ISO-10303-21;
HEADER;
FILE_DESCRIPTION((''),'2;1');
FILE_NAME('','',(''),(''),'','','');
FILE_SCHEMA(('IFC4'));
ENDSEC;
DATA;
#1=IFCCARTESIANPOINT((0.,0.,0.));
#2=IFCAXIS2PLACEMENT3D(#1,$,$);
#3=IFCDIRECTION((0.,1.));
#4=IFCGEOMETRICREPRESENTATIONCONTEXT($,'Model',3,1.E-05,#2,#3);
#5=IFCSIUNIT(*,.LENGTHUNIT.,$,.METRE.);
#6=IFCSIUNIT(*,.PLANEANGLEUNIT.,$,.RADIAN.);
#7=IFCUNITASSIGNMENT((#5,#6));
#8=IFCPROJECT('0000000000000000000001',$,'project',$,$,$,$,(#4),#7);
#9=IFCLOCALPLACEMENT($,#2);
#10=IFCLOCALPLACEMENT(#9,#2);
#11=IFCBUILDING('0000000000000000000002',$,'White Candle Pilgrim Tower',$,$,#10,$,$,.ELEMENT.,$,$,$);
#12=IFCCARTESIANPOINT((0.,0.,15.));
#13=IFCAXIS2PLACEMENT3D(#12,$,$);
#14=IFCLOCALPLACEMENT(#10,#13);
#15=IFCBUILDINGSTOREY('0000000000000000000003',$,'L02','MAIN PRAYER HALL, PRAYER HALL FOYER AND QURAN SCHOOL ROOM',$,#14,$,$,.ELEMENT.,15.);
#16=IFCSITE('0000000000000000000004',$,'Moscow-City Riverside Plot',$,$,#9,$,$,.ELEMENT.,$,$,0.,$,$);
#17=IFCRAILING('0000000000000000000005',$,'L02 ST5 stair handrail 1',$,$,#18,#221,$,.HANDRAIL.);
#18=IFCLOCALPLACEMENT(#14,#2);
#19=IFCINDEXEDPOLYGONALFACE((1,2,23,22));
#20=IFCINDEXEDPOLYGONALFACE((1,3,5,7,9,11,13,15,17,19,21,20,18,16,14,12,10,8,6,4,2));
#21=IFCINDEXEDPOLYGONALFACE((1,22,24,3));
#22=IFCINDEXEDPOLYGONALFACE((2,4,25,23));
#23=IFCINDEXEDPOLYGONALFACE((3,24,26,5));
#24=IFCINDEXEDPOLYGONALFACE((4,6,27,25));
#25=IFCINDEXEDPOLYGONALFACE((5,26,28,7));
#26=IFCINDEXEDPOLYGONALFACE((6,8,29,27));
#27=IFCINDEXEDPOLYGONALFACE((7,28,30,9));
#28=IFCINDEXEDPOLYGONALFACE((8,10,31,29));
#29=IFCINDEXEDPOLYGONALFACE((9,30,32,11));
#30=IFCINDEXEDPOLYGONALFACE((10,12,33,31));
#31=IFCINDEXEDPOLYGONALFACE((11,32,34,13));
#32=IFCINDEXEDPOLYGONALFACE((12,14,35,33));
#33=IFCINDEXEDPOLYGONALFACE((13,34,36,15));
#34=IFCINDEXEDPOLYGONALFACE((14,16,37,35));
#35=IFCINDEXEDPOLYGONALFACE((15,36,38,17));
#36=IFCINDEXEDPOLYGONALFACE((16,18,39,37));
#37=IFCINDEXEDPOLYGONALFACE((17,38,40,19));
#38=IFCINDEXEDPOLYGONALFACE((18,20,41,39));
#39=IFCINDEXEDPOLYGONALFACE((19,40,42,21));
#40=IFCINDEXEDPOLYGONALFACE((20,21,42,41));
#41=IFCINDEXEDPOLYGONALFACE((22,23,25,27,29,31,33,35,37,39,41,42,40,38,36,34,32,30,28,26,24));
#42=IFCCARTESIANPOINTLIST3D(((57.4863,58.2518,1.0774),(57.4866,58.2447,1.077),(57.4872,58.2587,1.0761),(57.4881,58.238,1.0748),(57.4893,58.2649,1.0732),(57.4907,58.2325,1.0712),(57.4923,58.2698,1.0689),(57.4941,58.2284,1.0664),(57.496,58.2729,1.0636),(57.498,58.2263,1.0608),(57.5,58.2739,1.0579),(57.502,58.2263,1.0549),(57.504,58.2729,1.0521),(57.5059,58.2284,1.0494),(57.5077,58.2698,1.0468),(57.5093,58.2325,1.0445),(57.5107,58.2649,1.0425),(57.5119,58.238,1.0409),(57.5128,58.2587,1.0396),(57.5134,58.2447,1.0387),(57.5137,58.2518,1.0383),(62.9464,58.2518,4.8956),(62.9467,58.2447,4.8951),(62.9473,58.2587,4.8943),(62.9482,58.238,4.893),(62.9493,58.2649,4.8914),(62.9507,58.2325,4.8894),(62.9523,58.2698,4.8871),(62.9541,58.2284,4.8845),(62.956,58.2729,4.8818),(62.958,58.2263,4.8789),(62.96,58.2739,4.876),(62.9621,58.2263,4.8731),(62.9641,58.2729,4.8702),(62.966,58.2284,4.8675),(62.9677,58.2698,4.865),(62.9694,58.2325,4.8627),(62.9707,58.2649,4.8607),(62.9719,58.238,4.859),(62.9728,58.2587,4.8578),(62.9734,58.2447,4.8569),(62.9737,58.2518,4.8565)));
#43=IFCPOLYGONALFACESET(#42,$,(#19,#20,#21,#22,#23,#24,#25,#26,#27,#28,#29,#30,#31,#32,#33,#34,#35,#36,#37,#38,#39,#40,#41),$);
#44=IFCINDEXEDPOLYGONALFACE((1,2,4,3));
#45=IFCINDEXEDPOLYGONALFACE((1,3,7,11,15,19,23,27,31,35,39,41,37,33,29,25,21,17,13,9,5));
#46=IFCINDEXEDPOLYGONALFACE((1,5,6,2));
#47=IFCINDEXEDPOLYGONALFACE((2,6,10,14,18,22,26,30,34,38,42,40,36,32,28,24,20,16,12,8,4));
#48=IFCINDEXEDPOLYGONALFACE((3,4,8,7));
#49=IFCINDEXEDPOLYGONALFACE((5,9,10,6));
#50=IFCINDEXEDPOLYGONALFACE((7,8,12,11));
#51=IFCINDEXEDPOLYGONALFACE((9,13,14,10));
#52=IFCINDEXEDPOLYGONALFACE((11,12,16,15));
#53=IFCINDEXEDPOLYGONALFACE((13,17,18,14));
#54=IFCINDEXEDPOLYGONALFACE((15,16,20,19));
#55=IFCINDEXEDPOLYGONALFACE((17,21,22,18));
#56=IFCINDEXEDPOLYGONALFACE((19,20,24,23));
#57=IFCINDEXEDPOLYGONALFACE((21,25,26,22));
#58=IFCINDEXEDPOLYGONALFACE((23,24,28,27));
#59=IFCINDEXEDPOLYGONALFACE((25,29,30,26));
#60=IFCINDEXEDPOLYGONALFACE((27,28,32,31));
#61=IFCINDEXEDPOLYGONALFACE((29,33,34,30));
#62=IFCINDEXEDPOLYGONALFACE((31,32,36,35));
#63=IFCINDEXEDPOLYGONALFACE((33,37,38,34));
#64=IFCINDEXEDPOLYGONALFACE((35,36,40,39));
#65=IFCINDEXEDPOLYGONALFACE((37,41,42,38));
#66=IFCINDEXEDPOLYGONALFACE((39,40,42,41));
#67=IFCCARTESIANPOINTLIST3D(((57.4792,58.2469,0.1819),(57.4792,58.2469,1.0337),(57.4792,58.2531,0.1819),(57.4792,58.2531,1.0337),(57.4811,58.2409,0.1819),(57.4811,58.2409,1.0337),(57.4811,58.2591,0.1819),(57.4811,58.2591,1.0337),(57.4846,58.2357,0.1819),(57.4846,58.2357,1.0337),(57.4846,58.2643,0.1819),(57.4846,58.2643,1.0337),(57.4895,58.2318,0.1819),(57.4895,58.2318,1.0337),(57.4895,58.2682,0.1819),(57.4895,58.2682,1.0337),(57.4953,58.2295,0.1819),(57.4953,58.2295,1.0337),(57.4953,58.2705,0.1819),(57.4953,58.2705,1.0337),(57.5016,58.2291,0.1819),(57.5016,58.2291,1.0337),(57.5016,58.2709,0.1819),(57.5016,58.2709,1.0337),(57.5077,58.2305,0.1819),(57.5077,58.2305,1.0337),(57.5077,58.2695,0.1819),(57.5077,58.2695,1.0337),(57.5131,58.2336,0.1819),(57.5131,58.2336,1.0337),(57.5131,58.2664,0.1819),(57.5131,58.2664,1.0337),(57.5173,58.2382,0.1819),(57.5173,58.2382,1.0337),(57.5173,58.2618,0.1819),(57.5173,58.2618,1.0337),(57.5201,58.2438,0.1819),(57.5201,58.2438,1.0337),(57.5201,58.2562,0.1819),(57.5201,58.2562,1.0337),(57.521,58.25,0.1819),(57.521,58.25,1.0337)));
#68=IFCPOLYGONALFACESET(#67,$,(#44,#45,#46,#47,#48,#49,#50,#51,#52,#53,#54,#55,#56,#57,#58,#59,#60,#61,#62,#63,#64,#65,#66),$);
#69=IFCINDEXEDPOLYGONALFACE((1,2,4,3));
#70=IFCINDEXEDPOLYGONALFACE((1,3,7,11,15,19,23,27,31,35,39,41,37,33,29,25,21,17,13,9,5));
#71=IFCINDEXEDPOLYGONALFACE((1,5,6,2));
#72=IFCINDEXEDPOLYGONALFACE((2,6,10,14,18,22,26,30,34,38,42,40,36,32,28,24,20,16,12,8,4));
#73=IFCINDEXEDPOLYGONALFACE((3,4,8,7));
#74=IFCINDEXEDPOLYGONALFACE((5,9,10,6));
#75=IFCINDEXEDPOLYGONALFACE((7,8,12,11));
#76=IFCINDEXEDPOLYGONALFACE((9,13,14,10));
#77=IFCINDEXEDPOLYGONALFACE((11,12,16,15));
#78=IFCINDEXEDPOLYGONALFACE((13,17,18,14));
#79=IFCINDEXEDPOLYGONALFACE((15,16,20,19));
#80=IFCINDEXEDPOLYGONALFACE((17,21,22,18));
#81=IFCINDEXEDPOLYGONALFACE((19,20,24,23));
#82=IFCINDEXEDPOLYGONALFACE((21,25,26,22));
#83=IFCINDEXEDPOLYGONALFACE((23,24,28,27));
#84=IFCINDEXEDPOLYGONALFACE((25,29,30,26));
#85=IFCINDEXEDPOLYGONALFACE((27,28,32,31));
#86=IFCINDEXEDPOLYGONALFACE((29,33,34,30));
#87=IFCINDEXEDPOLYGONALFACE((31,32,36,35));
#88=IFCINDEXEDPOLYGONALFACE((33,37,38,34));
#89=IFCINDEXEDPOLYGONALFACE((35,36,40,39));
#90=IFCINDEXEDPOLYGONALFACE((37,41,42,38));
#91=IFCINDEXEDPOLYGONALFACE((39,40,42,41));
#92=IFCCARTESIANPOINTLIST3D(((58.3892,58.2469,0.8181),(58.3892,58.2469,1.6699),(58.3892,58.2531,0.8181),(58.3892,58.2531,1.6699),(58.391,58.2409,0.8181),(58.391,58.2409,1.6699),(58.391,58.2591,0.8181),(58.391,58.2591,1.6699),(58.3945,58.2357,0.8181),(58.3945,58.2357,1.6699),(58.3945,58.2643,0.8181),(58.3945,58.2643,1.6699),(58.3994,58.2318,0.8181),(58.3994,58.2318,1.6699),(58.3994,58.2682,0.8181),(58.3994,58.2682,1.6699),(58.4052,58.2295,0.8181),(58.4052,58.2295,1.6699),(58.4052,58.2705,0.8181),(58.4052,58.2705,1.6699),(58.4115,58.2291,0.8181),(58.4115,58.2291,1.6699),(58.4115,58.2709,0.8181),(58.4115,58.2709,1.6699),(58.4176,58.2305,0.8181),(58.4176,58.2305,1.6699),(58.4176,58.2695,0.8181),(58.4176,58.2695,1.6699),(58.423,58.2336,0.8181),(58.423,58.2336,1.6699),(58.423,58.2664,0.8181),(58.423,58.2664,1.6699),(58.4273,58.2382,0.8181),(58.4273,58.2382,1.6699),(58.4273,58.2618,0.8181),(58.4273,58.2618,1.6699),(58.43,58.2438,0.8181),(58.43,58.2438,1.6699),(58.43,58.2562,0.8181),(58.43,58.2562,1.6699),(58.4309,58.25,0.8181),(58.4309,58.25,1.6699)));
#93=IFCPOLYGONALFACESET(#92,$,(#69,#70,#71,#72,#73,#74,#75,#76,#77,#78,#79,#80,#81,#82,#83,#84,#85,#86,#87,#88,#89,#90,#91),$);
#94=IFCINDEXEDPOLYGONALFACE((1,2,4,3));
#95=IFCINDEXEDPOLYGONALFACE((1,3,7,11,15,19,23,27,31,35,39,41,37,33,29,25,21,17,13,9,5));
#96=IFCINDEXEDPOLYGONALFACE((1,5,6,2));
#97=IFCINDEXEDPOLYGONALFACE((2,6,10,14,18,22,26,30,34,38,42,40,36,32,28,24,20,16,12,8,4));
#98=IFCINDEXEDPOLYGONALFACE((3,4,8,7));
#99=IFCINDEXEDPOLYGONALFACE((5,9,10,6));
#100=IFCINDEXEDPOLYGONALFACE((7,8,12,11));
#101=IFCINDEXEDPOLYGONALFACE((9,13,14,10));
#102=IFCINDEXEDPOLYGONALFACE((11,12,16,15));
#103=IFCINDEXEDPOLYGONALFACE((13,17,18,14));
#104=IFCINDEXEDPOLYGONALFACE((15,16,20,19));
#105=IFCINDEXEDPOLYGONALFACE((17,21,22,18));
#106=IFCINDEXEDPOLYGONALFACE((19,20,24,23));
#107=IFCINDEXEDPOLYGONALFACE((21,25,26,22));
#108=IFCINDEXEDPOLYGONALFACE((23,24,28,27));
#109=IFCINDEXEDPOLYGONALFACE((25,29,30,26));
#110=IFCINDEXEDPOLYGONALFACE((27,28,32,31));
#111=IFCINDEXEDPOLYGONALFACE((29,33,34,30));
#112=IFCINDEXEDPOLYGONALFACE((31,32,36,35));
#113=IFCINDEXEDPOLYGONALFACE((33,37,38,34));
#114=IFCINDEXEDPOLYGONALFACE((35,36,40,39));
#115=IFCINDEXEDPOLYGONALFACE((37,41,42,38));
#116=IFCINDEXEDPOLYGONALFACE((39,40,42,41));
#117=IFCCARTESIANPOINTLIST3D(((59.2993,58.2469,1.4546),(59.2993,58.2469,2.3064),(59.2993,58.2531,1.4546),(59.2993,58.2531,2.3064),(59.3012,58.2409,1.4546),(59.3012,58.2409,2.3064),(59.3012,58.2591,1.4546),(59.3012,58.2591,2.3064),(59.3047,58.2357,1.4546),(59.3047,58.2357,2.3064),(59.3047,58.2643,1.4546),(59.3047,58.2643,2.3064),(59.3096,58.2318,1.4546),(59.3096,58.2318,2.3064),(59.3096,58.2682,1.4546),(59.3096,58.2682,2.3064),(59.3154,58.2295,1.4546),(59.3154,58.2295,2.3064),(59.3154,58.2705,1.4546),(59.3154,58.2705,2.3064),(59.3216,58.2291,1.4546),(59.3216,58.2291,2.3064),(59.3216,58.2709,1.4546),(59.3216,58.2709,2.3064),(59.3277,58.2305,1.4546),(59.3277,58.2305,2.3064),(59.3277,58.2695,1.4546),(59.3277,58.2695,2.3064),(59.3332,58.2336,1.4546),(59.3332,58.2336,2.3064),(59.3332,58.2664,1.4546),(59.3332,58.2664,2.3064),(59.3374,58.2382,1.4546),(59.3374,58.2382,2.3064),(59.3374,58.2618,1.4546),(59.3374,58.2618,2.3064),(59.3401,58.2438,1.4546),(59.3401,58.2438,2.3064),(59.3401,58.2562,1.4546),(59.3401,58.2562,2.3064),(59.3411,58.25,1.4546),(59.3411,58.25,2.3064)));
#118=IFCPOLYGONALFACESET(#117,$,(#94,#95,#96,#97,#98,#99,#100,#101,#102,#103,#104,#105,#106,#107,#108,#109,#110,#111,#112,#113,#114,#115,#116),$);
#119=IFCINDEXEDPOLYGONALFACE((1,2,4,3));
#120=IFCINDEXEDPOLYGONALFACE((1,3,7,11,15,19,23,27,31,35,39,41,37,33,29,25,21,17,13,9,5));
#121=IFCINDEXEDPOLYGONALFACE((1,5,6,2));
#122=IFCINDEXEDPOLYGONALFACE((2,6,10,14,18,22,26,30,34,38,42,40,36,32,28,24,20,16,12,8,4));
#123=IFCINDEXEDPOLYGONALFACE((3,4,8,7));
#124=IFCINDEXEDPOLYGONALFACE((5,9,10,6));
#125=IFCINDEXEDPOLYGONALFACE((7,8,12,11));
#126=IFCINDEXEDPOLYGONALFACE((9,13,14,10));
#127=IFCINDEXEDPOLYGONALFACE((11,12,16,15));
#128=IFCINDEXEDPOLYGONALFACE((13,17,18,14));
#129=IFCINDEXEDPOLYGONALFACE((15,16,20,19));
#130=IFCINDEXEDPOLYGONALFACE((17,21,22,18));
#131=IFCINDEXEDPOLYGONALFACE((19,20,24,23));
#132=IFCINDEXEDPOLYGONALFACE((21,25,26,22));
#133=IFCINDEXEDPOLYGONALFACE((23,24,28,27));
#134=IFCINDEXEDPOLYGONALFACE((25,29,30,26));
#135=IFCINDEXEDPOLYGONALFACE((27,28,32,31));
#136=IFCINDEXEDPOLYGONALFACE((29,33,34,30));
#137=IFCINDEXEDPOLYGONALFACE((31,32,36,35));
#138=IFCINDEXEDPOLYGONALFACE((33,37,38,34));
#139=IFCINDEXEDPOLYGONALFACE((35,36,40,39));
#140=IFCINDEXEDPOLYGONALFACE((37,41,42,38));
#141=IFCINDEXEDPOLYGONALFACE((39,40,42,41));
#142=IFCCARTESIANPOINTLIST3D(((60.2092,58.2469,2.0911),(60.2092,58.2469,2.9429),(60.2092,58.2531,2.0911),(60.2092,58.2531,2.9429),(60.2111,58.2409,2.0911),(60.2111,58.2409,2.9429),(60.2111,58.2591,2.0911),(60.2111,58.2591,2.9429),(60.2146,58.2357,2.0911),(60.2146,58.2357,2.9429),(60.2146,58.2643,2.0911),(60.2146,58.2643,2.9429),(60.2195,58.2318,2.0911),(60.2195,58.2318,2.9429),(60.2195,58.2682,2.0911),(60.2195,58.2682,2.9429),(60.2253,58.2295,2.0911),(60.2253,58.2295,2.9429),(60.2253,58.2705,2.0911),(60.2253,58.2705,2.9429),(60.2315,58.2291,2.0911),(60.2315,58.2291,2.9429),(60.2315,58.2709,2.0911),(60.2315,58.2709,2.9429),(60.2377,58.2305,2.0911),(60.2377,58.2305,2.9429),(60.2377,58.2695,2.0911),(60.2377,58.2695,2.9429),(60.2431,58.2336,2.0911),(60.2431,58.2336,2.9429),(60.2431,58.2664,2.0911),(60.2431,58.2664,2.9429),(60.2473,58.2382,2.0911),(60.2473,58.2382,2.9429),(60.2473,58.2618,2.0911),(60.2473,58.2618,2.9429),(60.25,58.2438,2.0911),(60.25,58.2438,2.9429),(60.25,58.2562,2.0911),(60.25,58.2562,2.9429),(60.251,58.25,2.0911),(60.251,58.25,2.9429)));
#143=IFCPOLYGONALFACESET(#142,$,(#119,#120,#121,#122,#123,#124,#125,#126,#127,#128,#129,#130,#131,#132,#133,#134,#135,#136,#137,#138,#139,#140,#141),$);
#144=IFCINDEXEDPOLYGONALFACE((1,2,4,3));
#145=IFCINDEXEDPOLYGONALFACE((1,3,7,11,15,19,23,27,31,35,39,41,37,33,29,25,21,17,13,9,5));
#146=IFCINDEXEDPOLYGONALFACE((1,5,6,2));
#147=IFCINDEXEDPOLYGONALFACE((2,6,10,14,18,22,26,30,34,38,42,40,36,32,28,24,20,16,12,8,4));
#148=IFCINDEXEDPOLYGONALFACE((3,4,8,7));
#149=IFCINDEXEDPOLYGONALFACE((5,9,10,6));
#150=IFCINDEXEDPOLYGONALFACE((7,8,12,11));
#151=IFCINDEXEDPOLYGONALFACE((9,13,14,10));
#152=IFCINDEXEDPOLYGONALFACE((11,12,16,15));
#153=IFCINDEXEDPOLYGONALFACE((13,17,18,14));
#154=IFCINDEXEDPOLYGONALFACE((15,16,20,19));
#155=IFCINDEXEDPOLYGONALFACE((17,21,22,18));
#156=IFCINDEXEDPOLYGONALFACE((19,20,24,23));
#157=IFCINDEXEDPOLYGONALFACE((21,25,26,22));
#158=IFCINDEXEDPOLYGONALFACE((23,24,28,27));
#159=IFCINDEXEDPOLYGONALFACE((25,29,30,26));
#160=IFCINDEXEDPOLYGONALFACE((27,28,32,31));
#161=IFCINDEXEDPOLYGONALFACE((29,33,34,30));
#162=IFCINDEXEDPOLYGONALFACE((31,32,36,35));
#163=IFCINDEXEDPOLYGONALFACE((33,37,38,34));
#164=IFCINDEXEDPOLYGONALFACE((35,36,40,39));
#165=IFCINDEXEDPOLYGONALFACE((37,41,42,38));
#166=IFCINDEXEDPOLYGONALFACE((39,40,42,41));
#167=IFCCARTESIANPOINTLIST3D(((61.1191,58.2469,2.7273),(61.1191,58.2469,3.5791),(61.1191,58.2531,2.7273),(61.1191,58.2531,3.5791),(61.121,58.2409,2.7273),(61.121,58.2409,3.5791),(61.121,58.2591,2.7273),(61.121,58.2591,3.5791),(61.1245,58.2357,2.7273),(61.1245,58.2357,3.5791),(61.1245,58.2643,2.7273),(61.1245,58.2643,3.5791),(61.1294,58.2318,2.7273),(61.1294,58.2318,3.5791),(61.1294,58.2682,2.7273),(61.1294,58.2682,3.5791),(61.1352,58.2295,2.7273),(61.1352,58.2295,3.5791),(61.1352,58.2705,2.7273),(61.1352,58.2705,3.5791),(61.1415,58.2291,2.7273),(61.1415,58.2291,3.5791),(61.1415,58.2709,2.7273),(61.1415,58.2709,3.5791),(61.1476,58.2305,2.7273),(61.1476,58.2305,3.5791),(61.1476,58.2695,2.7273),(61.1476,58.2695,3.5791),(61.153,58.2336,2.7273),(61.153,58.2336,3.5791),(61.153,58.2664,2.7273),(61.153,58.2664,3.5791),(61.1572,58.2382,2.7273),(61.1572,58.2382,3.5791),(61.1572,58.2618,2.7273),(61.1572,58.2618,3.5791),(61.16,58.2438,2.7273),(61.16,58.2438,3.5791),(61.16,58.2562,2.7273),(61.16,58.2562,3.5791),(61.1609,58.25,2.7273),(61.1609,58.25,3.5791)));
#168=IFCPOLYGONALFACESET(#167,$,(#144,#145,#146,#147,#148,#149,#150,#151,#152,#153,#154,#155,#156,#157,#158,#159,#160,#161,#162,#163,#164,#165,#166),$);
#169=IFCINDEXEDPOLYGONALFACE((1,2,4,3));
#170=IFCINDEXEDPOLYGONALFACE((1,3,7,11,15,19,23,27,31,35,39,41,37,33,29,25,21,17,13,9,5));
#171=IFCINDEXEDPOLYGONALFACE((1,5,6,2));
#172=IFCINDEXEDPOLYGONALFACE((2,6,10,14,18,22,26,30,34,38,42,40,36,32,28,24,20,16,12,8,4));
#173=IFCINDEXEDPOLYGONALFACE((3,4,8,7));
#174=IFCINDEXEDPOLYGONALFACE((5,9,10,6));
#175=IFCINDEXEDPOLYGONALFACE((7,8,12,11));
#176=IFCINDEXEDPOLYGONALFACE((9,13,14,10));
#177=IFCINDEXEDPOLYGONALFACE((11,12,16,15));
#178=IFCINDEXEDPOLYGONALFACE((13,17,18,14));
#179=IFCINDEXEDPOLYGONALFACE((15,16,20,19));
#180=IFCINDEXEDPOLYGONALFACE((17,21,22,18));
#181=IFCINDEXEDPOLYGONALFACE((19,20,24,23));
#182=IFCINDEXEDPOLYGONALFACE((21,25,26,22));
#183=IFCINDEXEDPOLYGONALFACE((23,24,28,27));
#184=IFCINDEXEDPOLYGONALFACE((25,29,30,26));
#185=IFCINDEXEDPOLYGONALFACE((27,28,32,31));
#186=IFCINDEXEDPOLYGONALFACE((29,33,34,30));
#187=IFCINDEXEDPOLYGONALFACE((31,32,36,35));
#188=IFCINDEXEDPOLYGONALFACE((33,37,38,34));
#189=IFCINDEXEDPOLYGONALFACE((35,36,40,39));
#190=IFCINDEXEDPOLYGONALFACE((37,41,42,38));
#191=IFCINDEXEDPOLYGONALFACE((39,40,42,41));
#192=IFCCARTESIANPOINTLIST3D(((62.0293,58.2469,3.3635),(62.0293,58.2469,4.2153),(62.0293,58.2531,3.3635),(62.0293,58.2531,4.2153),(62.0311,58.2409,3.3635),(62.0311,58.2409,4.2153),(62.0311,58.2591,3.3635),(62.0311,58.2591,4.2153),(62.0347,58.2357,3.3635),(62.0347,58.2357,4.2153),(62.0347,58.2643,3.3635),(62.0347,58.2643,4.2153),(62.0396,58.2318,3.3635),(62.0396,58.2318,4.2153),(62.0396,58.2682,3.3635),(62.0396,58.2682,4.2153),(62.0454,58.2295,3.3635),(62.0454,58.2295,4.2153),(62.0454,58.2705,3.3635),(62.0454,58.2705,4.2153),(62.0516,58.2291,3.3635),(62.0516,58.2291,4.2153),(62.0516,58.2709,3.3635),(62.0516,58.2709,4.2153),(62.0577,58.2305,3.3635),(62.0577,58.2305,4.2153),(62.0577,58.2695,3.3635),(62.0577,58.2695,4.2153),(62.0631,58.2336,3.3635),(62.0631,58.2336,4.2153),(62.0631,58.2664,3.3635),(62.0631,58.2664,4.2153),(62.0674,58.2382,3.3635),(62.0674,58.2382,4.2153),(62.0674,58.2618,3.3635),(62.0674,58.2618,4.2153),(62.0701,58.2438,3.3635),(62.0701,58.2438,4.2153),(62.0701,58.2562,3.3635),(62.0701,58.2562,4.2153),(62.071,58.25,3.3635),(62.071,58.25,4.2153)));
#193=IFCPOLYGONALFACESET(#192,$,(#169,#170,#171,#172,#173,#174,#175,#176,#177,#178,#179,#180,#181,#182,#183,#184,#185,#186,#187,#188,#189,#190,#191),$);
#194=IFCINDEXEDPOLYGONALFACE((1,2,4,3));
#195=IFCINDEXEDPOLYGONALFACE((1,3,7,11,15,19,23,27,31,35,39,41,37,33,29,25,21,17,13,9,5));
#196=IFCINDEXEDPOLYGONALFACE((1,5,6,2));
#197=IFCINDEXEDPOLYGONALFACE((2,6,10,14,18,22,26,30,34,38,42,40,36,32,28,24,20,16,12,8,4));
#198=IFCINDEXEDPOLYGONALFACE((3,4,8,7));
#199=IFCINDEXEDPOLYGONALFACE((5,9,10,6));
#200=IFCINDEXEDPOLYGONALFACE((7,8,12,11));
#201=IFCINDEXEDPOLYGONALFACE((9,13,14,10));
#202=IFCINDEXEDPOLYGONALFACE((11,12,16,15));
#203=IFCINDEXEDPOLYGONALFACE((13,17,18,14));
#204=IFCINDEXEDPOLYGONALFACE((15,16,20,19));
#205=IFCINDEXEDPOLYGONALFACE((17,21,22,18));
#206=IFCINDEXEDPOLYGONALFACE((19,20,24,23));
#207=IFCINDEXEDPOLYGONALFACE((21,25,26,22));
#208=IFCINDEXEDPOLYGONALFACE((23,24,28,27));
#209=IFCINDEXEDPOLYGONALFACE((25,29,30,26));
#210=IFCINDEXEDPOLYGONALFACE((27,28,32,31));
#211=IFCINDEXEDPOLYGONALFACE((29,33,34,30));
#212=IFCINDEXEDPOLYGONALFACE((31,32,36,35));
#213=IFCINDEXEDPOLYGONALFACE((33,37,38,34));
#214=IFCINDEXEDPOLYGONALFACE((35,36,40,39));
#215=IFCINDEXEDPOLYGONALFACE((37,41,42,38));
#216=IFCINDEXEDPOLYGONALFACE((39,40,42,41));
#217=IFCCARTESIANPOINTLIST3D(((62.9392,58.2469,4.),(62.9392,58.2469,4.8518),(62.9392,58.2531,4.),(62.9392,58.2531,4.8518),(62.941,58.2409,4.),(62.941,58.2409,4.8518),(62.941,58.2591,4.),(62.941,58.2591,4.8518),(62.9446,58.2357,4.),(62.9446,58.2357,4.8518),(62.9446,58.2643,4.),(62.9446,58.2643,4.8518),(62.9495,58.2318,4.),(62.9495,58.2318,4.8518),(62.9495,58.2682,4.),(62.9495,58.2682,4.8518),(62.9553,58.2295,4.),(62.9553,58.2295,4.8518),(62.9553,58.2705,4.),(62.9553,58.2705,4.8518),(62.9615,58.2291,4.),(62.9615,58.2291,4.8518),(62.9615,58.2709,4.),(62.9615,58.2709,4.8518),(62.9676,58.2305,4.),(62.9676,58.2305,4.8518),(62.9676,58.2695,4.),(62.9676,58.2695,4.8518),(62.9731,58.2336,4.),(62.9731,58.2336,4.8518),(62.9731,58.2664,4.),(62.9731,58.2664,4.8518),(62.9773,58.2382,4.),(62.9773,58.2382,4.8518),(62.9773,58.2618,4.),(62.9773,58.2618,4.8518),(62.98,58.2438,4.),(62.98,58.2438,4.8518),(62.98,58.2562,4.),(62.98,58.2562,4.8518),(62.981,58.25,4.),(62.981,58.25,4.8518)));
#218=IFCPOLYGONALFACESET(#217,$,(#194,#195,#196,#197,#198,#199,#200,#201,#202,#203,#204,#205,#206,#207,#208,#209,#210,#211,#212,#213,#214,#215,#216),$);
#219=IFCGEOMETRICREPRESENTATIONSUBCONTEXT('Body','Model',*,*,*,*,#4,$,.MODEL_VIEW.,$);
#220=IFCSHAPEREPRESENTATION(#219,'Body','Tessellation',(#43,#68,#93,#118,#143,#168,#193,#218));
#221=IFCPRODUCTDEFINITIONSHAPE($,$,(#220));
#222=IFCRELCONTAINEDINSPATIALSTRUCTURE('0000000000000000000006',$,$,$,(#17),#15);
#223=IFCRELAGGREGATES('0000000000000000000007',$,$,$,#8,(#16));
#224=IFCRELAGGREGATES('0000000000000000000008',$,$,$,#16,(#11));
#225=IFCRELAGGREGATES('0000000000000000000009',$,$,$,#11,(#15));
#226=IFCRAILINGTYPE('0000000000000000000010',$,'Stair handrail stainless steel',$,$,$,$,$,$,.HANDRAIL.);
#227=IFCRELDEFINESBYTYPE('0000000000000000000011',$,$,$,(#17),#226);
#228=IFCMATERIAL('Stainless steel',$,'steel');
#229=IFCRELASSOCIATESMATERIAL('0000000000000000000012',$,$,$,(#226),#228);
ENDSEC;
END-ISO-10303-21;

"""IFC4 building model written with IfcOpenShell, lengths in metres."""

from ifc_helpers import new_model, si_unit, direction, frame, origin, origin_2d, place, context, subcontext, project, spatial, circle, extrude, material, type_object, element, save


model = new_model("IFC4")

# Units and contexts
model_context = context("Model", 3, precision=1e-05, world=origin(), true_north=direction((0.0, 1.0)))
body_context = subcontext(model_context, "Body", "Model", "MODEL_VIEW")
ifc_project = project(units=[si_unit("LENGTHUNIT", "METRE"), si_unit("PLANEANGLEUNIT", "RADIAN")], contexts=[model_context])

# Site, building, storey
site_placement = place(None, origin())
site = spatial("IfcSite", under=ifc_project, at=site_placement, Name="Moscow-City Riverside Plot", CompositionType="ELEMENT", RefElevation=0.0)
building_placement = place(site_placement, origin())
building = spatial("IfcBuilding", under=site, at=building_placement, Name="White Candle Pilgrim Tower", CompositionType="ELEMENT")
storey_placement = place(building_placement, frame((0.0, 0.0, 15.0)))
storey = spatial("IfcBuildingStorey", under=building, at=storey_placement, Name="L02", Description="MAIN PRAYER HALL, PRAYER HALL FOYER AND QURAN SCHOOL ROOM", CompositionType="ELEMENT", Elevation=15.0)

# Railing
ifc_material_1 = material(Name="Stainless steel", Category="steel")
railing_type = type_object("IfcRailingType", Name="Stair handrail stainless steel", PredefinedType="HANDRAIL", material=ifc_material_1)
railing_placement = place(storey_placement, frame((57.5, 58.25, 0.1819)))
element("IfcRailing", 1, at=railing_placement, inside=storey, type_object=railing_type, Name="L02 ST5 stair handrail 1", PredefinedType="HANDRAIL", context=body_context, shape_type="SweptSolid", body=[
    extrude(circle(Radius=0.0239, at=origin_2d()), frame((0.0, 0.0, 0.876), z_axis=(0.819504, 0.0, 0.573074), x_axis=(0.0, 1.0, 0.0)), (0.0, 0.0, 1.0), 6.6626),
    extrude(circle(Radius=0.021, at=origin_2d()), origin(), (0.0, 0.0, 1.0), 0.8518),
    extrude(circle(Radius=0.021, at=origin_2d()), frame((0.9099, 0.0, 0.6362)), (0.0, 0.0, 1.0), 0.8518),
    extrude(circle(Radius=0.021, at=origin_2d()), frame((1.8201, 0.0, 1.2727)), (0.0, 0.0, 1.0), 0.8518),
    extrude(circle(Radius=0.021, at=origin_2d()), frame((2.73, 0.0, 1.9092)), (0.0, 0.0, 1.0), 0.8518),
    extrude(circle(Radius=0.021, at=origin_2d()), frame((3.6399, 0.0, 2.5454)), (0.0, 0.0, 1.0), 0.8518),
    extrude(circle(Radius=0.021, at=origin_2d()), frame((4.55, 0.0, 3.1816)), (0.0, 0.0, 1.0), 0.8518),
    extrude(circle(Radius=0.021, at=origin_2d()), frame((5.46, 0.0, 3.8181)), (0.0, 0.0, 1.0), 0.8518),
])

save(model, "model.ifc")
